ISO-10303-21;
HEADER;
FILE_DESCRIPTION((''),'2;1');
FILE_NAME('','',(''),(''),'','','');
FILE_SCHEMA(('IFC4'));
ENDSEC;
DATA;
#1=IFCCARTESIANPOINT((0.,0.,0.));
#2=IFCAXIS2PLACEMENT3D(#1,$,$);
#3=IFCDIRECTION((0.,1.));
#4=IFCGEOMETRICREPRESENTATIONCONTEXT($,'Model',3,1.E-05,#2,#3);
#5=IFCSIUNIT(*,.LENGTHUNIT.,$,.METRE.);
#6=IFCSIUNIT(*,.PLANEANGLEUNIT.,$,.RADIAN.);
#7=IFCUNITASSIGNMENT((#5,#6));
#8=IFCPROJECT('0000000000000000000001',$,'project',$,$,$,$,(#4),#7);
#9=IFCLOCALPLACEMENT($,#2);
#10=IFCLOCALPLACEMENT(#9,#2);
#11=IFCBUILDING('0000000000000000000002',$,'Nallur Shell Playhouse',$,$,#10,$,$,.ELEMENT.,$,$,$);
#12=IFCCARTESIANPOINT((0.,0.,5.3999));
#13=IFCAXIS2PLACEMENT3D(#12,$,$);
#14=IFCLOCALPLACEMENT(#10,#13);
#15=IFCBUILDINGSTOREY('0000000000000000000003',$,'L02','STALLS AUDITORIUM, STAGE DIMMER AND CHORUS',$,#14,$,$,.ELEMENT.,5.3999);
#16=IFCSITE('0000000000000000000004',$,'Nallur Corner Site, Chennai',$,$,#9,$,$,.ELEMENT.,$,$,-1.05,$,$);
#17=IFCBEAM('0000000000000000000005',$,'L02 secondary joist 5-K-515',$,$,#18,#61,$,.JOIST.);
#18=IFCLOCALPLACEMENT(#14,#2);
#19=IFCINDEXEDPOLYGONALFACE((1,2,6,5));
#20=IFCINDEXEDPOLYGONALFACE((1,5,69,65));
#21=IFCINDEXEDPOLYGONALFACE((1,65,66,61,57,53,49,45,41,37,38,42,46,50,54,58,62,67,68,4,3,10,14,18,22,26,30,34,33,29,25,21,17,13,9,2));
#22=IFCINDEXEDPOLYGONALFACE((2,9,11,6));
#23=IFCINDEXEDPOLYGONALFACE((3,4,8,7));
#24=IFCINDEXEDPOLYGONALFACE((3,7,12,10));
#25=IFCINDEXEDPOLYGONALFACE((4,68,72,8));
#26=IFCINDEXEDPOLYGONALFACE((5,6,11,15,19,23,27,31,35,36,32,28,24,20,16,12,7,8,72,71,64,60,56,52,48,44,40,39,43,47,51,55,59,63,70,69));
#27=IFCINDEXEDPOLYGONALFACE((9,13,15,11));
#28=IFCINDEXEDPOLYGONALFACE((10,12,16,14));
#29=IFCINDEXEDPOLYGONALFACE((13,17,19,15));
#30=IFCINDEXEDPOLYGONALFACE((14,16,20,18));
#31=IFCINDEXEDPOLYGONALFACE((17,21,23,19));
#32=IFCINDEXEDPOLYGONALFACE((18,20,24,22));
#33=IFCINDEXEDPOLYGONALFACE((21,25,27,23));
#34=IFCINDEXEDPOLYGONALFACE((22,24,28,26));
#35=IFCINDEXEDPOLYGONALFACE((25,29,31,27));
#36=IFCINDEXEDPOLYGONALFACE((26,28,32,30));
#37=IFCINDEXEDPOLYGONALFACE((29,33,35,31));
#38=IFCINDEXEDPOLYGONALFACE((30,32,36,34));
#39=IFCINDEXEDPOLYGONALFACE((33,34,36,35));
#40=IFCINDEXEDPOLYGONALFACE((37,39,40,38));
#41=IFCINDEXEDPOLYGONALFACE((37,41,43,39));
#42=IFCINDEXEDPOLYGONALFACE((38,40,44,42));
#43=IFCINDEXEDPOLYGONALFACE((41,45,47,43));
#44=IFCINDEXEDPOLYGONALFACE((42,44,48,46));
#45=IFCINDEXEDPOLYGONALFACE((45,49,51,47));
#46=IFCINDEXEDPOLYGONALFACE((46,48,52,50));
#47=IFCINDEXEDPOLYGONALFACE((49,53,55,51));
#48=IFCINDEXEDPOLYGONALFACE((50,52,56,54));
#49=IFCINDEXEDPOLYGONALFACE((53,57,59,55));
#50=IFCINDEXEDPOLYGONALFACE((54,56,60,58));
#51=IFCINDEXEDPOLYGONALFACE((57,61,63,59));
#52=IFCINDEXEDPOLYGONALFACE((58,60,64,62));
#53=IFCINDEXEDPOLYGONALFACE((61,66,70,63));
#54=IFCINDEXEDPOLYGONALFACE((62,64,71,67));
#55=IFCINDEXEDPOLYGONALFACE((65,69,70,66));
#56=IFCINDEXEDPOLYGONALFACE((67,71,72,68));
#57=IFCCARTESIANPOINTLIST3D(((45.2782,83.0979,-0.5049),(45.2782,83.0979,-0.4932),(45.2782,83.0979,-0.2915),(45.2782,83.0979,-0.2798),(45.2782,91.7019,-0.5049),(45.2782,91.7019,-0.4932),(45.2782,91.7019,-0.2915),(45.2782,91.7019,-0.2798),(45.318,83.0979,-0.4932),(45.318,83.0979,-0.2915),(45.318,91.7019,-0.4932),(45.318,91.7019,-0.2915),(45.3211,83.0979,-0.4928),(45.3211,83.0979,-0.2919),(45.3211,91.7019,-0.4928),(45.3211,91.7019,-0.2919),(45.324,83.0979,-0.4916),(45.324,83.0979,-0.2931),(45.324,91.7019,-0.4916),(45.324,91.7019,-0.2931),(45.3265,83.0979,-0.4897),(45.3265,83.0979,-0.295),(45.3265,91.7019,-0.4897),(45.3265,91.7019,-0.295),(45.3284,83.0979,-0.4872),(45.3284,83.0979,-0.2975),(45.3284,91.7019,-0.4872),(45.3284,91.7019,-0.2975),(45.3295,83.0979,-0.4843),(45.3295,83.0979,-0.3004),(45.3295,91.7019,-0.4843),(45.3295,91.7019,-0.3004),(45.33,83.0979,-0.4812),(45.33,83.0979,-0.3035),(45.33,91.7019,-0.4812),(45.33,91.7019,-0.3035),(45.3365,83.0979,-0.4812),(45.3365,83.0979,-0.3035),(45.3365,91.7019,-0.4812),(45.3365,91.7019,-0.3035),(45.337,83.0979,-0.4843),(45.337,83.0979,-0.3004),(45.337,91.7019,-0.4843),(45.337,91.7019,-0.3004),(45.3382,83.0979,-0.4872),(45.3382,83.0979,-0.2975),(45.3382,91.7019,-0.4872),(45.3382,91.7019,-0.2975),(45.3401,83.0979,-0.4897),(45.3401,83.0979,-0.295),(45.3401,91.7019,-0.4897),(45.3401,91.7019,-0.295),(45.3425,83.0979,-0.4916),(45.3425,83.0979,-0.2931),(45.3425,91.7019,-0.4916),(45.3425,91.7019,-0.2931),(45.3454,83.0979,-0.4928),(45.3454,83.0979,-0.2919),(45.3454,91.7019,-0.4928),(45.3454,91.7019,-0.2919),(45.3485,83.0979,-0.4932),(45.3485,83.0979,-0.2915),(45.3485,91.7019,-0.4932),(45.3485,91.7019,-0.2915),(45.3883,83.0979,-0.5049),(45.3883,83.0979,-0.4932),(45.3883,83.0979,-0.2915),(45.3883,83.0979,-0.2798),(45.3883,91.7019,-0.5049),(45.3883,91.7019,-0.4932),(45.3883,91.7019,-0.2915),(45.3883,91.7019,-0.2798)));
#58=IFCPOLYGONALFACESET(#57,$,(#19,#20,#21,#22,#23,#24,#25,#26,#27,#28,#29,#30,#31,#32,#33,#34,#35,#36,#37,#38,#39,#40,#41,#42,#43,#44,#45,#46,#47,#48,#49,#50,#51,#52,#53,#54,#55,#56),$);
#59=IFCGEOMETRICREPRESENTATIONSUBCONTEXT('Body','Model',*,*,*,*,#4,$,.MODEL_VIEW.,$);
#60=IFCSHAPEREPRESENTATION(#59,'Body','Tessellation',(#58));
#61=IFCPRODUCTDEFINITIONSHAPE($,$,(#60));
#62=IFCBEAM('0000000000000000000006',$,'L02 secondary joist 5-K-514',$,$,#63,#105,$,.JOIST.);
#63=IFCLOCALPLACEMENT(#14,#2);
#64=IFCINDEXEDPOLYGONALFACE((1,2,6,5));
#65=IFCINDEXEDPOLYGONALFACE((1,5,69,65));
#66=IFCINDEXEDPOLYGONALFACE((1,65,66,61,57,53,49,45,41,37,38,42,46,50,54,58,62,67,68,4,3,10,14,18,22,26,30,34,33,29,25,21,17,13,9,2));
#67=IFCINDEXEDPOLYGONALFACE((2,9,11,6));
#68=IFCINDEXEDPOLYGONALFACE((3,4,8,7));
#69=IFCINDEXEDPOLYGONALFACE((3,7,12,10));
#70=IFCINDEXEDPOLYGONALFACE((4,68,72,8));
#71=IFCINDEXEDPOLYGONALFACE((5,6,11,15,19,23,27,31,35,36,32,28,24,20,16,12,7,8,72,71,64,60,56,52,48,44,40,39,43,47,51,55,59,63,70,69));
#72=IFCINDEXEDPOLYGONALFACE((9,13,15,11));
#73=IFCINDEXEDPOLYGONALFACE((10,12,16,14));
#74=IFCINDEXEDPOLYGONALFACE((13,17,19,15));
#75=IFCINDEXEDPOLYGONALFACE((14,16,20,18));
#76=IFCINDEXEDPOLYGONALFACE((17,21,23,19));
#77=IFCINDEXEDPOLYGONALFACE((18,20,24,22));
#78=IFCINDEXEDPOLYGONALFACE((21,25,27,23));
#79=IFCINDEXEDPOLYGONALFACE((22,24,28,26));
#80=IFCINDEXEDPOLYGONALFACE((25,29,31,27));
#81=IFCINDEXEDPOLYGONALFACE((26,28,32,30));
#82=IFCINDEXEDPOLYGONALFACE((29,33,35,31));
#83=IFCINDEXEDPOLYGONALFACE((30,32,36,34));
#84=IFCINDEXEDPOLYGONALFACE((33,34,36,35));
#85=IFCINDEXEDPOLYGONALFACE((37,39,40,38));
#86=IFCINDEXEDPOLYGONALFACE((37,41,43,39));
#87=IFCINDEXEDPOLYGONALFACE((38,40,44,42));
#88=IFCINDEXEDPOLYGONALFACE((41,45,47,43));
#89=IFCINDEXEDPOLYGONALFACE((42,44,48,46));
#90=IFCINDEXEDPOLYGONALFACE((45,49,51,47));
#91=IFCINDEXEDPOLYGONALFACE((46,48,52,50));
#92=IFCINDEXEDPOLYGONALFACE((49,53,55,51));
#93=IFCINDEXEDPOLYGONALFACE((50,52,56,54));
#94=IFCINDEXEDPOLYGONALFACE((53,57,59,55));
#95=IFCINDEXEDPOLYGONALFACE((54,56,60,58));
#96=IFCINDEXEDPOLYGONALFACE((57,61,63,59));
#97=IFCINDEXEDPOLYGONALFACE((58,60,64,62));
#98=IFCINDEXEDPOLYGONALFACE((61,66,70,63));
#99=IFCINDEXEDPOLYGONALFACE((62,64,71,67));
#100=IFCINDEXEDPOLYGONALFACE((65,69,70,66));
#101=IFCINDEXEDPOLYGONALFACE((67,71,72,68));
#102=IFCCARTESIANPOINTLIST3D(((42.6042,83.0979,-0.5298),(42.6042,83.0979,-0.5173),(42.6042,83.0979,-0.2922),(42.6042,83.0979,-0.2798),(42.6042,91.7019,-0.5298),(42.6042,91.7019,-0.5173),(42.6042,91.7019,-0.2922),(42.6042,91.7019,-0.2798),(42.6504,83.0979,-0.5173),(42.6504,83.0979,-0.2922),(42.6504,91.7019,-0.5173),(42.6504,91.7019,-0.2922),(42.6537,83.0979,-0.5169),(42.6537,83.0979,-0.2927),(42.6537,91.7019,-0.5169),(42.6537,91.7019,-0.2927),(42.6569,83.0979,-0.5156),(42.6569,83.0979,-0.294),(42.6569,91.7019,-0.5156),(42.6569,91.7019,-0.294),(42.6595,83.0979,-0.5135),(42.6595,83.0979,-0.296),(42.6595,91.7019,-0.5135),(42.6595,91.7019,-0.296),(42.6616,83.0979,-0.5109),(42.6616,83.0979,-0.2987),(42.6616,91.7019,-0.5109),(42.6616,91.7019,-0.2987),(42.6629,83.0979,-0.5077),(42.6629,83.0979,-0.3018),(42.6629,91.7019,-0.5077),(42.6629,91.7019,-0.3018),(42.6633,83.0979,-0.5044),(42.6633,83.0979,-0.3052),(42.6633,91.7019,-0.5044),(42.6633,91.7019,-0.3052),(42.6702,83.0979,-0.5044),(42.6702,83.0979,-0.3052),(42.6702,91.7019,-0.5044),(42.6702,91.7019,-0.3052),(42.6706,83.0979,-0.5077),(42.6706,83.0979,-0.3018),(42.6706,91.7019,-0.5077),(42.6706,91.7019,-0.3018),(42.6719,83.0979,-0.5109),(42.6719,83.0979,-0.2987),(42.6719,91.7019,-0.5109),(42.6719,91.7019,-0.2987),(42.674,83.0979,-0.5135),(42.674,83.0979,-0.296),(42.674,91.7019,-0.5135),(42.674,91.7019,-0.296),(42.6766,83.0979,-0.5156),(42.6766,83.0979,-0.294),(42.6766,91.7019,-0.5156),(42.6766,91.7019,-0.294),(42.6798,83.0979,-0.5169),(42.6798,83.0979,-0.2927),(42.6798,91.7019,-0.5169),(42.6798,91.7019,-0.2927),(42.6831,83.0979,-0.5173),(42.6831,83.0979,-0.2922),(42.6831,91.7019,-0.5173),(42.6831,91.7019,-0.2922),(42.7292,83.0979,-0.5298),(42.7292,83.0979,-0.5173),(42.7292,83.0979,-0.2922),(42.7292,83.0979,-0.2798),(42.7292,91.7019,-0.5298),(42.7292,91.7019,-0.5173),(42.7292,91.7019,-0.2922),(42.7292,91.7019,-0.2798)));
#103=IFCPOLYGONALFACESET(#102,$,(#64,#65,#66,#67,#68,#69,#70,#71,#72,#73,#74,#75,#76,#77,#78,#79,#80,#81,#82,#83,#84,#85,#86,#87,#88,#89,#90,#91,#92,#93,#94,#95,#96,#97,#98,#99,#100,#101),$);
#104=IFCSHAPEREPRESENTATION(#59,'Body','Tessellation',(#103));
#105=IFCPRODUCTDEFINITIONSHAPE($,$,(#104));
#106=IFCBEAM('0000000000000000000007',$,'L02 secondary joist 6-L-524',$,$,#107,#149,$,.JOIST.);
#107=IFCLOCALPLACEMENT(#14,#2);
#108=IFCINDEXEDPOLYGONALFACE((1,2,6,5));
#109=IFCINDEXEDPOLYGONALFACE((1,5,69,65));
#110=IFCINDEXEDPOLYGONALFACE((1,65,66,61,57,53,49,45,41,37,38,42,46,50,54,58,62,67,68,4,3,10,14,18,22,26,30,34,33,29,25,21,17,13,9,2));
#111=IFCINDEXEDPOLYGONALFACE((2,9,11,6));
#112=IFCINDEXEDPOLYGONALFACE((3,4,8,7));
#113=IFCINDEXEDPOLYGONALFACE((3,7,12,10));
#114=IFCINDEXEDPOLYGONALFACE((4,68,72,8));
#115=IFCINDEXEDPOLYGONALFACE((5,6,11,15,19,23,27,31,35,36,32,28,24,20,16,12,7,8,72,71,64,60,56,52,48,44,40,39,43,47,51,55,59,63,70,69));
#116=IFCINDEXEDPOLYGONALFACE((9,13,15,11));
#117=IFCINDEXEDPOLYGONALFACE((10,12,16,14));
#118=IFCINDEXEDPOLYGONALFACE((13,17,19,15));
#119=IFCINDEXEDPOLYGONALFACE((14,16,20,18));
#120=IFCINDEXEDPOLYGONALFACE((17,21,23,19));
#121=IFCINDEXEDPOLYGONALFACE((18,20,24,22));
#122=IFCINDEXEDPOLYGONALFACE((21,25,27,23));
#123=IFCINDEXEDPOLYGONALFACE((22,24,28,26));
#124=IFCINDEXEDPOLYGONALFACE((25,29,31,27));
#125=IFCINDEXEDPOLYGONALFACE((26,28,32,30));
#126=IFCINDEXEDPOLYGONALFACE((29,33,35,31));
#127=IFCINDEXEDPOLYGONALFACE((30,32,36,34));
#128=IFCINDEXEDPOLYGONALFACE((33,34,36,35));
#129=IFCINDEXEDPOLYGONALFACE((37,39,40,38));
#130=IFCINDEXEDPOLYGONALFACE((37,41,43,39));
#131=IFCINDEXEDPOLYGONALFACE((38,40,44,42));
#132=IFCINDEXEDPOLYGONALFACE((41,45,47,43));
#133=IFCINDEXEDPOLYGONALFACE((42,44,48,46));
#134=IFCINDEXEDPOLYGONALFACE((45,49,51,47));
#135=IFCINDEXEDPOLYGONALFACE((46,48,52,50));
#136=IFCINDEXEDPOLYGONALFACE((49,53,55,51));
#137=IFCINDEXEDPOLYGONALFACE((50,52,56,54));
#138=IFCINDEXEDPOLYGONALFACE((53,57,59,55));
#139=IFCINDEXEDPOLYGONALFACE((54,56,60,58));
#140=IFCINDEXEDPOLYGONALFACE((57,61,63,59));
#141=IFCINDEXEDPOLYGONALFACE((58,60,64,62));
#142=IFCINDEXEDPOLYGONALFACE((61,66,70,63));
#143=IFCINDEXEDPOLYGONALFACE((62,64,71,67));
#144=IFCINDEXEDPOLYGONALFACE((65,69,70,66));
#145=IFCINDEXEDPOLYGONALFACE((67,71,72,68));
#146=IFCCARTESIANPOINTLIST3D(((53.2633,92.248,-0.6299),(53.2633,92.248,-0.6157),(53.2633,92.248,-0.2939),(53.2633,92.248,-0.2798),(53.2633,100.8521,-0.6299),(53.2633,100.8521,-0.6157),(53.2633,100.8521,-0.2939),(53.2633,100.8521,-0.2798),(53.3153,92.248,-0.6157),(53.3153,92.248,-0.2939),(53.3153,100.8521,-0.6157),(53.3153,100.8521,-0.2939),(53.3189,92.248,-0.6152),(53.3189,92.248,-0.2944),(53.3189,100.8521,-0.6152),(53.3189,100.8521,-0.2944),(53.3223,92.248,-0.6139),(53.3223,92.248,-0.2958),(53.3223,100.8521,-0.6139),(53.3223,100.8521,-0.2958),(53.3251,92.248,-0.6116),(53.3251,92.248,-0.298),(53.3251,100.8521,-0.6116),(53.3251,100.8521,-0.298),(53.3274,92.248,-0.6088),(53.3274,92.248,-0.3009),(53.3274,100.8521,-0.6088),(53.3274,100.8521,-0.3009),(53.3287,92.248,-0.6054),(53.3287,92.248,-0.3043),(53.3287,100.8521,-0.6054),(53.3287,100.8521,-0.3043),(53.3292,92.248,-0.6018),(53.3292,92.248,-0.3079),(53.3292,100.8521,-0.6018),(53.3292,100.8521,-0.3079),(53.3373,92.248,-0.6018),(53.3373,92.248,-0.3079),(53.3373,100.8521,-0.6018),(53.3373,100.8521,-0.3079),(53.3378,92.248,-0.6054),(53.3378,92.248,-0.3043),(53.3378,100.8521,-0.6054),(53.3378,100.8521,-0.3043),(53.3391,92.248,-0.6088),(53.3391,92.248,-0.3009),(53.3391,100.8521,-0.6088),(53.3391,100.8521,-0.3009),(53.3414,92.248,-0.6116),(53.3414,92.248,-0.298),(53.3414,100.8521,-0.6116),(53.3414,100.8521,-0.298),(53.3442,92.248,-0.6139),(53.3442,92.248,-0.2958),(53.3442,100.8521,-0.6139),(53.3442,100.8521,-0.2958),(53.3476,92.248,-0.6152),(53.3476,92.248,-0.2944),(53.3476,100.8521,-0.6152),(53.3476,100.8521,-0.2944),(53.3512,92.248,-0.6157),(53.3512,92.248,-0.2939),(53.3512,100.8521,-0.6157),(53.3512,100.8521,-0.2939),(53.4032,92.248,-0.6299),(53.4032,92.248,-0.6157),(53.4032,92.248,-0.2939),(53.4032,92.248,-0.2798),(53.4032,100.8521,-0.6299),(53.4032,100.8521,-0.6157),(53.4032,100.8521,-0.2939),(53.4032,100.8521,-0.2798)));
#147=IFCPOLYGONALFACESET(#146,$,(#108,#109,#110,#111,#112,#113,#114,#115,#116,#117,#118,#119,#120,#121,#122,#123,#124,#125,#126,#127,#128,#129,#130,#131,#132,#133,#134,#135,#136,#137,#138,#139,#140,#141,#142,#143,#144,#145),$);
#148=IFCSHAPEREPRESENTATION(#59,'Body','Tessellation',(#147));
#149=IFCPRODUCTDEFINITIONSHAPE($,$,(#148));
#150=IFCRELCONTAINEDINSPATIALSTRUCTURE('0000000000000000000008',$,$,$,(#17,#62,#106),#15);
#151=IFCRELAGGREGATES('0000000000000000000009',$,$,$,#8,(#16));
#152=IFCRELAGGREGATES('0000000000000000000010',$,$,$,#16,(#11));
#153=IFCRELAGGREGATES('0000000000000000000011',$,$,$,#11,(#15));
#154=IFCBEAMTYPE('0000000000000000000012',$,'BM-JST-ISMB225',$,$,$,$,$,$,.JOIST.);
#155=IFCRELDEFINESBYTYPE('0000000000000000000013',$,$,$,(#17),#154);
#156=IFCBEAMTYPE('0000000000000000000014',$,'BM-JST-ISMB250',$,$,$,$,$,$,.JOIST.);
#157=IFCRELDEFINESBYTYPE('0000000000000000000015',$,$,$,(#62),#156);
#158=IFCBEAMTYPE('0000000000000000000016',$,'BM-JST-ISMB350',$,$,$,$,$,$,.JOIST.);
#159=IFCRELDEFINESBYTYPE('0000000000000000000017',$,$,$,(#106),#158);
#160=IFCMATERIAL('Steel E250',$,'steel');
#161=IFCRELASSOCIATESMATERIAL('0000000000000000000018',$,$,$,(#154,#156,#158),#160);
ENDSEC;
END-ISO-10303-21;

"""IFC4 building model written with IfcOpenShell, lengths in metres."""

from ifc_helpers import new_model, si_unit, direction, frame, origin, origin_2d, place, context, subcontext, project, spatial, i_section, extrude, material, material_profile, profile_set, type_object, element, save


model = new_model("IFC4")

# Units and contexts
model_context = context("Model", 3, precision=1e-05, world=origin(), true_north=direction((0.0, 1.0)))
body_context = subcontext(model_context, "Body", "Model", "MODEL_VIEW")
ifc_project = project(units=[si_unit("LENGTHUNIT", "METRE"), si_unit("PLANEANGLEUNIT", "RADIAN")], contexts=[model_context])

# Site, building, storey
site_placement = place(None, origin())
site = spatial("IfcSite", under=ifc_project, at=site_placement, Name="Nallur Corner Site, Chennai", CompositionType="ELEMENT", RefElevation=-1.05)
building_placement = place(site_placement, origin())
building = spatial("IfcBuilding", under=site, at=building_placement, Name="Nallur Shell Playhouse", CompositionType="ELEMENT")
storey_placement = place(building_placement, frame((0.0, 0.0, 5.3999)))
storey = spatial("IfcBuildingStorey", under=building, at=storey_placement, Name="L02", Description="STALLS AUDITORIUM, STAGE DIMMER AND CHORUS", CompositionType="ELEMENT", Elevation=5.3999)

# Beams
ifc_material_1 = material(Name="Steel E250", Category="steel")
ifc_material_profile_1 = material_profile(ifc_material_1, i_section(OverallWidth=0.1101, OverallDepth=0.2251, WebThickness=0.0066, FlangeThickness=0.0117, FilletRadius=0.012, at=origin_2d()), Name="ISMB 225")
ifc_profile_set_1 = profile_set([ifc_material_profile_1], Name="Steel E250")
beam_type_1 = type_object("IfcBeamType", Name="BM-JST-ISMB225", PredefinedType="JOIST", material=ifc_profile_set_1)
beam_1_placement = place(storey_placement, frame((45.3333, 83.0979, -0.3923), z_axis=(0.0, 1.0, 0.0), x_axis=(-1.0, 0.0, 0.0)))
element("IfcBeam", 1, at=beam_1_placement, inside=storey, type_object=beam_type_1, Name="L02 secondary joist 5-K-515", PredefinedType="JOIST", context=body_context, shape_type="SweptSolid", body=[
    extrude(i_section(OverallWidth=0.1101, OverallDepth=0.2251, WebThickness=0.0066, FlangeThickness=0.0117, FilletRadius=0.012, at=origin_2d()), origin(), (0.0, 0.0, 1.0), 8.604),
])
ifc_material_profile_2 = material_profile(ifc_material_1, i_section(OverallWidth=0.125, OverallDepth=0.25, WebThickness=0.0068, FlangeThickness=0.0125, FilletRadius=0.0129, at=origin_2d()), Name="ISMB 250")
ifc_profile_set_2 = profile_set([ifc_material_profile_2], Name="Steel E250")
beam_type_2 = type_object("IfcBeamType", Name="BM-JST-ISMB250", PredefinedType="JOIST", material=ifc_profile_set_2)
beam_2_placement = place(storey_placement, frame((42.6667, 83.0979, -0.4048), z_axis=(0.0, 1.0, 0.0), x_axis=(-1.0, 0.0, 0.0)))
element("IfcBeam", 2, at=beam_2_placement, inside=storey, type_object=beam_type_2, Name="L02 secondary joist 5-K-514", PredefinedType="JOIST", context=body_context, shape_type="SweptSolid", body=[
    extrude(i_section(OverallWidth=0.125, OverallDepth=0.25, WebThickness=0.0068, FlangeThickness=0.0125, FilletRadius=0.0129, at=origin_2d()), origin(), (0.0, 0.0, 1.0), 8.604),
])
ifc_material_profile_3 = material_profile(ifc_material_1, i_section(OverallWidth=0.1399, OverallDepth=0.3501, WebThickness=0.0081, FlangeThickness=0.0142, FilletRadius=0.0139, at=origin_2d()), Name="ISMB 350")
ifc_profile_set_3 = profile_set([ifc_material_profile_3], Name="Steel E250")
beam_type_3 = type_object("IfcBeamType", Name="BM-JST-ISMB350", PredefinedType="JOIST", material=ifc_profile_set_3)
beam_3_placement = place(storey_placement, frame((53.3333, 92.248, -0.4548), z_axis=(0.0, 1.0, 0.0), x_axis=(-1.0, 0.0, 0.0)))
element("IfcBeam", 3, at=beam_3_placement, inside=storey, type_object=beam_type_3, Name="L02 secondary joist 6-L-524", PredefinedType="JOIST", context=body_context, shape_type="SweptSolid", body=[
    extrude(i_section(OverallWidth=0.1399, OverallDepth=0.3501, WebThickness=0.0081, FlangeThickness=0.0142, FilletRadius=0.0139, at=origin_2d()), origin(), (0.0, 0.0, 1.0), 8.604),
])

save(model, "model.ifc")
